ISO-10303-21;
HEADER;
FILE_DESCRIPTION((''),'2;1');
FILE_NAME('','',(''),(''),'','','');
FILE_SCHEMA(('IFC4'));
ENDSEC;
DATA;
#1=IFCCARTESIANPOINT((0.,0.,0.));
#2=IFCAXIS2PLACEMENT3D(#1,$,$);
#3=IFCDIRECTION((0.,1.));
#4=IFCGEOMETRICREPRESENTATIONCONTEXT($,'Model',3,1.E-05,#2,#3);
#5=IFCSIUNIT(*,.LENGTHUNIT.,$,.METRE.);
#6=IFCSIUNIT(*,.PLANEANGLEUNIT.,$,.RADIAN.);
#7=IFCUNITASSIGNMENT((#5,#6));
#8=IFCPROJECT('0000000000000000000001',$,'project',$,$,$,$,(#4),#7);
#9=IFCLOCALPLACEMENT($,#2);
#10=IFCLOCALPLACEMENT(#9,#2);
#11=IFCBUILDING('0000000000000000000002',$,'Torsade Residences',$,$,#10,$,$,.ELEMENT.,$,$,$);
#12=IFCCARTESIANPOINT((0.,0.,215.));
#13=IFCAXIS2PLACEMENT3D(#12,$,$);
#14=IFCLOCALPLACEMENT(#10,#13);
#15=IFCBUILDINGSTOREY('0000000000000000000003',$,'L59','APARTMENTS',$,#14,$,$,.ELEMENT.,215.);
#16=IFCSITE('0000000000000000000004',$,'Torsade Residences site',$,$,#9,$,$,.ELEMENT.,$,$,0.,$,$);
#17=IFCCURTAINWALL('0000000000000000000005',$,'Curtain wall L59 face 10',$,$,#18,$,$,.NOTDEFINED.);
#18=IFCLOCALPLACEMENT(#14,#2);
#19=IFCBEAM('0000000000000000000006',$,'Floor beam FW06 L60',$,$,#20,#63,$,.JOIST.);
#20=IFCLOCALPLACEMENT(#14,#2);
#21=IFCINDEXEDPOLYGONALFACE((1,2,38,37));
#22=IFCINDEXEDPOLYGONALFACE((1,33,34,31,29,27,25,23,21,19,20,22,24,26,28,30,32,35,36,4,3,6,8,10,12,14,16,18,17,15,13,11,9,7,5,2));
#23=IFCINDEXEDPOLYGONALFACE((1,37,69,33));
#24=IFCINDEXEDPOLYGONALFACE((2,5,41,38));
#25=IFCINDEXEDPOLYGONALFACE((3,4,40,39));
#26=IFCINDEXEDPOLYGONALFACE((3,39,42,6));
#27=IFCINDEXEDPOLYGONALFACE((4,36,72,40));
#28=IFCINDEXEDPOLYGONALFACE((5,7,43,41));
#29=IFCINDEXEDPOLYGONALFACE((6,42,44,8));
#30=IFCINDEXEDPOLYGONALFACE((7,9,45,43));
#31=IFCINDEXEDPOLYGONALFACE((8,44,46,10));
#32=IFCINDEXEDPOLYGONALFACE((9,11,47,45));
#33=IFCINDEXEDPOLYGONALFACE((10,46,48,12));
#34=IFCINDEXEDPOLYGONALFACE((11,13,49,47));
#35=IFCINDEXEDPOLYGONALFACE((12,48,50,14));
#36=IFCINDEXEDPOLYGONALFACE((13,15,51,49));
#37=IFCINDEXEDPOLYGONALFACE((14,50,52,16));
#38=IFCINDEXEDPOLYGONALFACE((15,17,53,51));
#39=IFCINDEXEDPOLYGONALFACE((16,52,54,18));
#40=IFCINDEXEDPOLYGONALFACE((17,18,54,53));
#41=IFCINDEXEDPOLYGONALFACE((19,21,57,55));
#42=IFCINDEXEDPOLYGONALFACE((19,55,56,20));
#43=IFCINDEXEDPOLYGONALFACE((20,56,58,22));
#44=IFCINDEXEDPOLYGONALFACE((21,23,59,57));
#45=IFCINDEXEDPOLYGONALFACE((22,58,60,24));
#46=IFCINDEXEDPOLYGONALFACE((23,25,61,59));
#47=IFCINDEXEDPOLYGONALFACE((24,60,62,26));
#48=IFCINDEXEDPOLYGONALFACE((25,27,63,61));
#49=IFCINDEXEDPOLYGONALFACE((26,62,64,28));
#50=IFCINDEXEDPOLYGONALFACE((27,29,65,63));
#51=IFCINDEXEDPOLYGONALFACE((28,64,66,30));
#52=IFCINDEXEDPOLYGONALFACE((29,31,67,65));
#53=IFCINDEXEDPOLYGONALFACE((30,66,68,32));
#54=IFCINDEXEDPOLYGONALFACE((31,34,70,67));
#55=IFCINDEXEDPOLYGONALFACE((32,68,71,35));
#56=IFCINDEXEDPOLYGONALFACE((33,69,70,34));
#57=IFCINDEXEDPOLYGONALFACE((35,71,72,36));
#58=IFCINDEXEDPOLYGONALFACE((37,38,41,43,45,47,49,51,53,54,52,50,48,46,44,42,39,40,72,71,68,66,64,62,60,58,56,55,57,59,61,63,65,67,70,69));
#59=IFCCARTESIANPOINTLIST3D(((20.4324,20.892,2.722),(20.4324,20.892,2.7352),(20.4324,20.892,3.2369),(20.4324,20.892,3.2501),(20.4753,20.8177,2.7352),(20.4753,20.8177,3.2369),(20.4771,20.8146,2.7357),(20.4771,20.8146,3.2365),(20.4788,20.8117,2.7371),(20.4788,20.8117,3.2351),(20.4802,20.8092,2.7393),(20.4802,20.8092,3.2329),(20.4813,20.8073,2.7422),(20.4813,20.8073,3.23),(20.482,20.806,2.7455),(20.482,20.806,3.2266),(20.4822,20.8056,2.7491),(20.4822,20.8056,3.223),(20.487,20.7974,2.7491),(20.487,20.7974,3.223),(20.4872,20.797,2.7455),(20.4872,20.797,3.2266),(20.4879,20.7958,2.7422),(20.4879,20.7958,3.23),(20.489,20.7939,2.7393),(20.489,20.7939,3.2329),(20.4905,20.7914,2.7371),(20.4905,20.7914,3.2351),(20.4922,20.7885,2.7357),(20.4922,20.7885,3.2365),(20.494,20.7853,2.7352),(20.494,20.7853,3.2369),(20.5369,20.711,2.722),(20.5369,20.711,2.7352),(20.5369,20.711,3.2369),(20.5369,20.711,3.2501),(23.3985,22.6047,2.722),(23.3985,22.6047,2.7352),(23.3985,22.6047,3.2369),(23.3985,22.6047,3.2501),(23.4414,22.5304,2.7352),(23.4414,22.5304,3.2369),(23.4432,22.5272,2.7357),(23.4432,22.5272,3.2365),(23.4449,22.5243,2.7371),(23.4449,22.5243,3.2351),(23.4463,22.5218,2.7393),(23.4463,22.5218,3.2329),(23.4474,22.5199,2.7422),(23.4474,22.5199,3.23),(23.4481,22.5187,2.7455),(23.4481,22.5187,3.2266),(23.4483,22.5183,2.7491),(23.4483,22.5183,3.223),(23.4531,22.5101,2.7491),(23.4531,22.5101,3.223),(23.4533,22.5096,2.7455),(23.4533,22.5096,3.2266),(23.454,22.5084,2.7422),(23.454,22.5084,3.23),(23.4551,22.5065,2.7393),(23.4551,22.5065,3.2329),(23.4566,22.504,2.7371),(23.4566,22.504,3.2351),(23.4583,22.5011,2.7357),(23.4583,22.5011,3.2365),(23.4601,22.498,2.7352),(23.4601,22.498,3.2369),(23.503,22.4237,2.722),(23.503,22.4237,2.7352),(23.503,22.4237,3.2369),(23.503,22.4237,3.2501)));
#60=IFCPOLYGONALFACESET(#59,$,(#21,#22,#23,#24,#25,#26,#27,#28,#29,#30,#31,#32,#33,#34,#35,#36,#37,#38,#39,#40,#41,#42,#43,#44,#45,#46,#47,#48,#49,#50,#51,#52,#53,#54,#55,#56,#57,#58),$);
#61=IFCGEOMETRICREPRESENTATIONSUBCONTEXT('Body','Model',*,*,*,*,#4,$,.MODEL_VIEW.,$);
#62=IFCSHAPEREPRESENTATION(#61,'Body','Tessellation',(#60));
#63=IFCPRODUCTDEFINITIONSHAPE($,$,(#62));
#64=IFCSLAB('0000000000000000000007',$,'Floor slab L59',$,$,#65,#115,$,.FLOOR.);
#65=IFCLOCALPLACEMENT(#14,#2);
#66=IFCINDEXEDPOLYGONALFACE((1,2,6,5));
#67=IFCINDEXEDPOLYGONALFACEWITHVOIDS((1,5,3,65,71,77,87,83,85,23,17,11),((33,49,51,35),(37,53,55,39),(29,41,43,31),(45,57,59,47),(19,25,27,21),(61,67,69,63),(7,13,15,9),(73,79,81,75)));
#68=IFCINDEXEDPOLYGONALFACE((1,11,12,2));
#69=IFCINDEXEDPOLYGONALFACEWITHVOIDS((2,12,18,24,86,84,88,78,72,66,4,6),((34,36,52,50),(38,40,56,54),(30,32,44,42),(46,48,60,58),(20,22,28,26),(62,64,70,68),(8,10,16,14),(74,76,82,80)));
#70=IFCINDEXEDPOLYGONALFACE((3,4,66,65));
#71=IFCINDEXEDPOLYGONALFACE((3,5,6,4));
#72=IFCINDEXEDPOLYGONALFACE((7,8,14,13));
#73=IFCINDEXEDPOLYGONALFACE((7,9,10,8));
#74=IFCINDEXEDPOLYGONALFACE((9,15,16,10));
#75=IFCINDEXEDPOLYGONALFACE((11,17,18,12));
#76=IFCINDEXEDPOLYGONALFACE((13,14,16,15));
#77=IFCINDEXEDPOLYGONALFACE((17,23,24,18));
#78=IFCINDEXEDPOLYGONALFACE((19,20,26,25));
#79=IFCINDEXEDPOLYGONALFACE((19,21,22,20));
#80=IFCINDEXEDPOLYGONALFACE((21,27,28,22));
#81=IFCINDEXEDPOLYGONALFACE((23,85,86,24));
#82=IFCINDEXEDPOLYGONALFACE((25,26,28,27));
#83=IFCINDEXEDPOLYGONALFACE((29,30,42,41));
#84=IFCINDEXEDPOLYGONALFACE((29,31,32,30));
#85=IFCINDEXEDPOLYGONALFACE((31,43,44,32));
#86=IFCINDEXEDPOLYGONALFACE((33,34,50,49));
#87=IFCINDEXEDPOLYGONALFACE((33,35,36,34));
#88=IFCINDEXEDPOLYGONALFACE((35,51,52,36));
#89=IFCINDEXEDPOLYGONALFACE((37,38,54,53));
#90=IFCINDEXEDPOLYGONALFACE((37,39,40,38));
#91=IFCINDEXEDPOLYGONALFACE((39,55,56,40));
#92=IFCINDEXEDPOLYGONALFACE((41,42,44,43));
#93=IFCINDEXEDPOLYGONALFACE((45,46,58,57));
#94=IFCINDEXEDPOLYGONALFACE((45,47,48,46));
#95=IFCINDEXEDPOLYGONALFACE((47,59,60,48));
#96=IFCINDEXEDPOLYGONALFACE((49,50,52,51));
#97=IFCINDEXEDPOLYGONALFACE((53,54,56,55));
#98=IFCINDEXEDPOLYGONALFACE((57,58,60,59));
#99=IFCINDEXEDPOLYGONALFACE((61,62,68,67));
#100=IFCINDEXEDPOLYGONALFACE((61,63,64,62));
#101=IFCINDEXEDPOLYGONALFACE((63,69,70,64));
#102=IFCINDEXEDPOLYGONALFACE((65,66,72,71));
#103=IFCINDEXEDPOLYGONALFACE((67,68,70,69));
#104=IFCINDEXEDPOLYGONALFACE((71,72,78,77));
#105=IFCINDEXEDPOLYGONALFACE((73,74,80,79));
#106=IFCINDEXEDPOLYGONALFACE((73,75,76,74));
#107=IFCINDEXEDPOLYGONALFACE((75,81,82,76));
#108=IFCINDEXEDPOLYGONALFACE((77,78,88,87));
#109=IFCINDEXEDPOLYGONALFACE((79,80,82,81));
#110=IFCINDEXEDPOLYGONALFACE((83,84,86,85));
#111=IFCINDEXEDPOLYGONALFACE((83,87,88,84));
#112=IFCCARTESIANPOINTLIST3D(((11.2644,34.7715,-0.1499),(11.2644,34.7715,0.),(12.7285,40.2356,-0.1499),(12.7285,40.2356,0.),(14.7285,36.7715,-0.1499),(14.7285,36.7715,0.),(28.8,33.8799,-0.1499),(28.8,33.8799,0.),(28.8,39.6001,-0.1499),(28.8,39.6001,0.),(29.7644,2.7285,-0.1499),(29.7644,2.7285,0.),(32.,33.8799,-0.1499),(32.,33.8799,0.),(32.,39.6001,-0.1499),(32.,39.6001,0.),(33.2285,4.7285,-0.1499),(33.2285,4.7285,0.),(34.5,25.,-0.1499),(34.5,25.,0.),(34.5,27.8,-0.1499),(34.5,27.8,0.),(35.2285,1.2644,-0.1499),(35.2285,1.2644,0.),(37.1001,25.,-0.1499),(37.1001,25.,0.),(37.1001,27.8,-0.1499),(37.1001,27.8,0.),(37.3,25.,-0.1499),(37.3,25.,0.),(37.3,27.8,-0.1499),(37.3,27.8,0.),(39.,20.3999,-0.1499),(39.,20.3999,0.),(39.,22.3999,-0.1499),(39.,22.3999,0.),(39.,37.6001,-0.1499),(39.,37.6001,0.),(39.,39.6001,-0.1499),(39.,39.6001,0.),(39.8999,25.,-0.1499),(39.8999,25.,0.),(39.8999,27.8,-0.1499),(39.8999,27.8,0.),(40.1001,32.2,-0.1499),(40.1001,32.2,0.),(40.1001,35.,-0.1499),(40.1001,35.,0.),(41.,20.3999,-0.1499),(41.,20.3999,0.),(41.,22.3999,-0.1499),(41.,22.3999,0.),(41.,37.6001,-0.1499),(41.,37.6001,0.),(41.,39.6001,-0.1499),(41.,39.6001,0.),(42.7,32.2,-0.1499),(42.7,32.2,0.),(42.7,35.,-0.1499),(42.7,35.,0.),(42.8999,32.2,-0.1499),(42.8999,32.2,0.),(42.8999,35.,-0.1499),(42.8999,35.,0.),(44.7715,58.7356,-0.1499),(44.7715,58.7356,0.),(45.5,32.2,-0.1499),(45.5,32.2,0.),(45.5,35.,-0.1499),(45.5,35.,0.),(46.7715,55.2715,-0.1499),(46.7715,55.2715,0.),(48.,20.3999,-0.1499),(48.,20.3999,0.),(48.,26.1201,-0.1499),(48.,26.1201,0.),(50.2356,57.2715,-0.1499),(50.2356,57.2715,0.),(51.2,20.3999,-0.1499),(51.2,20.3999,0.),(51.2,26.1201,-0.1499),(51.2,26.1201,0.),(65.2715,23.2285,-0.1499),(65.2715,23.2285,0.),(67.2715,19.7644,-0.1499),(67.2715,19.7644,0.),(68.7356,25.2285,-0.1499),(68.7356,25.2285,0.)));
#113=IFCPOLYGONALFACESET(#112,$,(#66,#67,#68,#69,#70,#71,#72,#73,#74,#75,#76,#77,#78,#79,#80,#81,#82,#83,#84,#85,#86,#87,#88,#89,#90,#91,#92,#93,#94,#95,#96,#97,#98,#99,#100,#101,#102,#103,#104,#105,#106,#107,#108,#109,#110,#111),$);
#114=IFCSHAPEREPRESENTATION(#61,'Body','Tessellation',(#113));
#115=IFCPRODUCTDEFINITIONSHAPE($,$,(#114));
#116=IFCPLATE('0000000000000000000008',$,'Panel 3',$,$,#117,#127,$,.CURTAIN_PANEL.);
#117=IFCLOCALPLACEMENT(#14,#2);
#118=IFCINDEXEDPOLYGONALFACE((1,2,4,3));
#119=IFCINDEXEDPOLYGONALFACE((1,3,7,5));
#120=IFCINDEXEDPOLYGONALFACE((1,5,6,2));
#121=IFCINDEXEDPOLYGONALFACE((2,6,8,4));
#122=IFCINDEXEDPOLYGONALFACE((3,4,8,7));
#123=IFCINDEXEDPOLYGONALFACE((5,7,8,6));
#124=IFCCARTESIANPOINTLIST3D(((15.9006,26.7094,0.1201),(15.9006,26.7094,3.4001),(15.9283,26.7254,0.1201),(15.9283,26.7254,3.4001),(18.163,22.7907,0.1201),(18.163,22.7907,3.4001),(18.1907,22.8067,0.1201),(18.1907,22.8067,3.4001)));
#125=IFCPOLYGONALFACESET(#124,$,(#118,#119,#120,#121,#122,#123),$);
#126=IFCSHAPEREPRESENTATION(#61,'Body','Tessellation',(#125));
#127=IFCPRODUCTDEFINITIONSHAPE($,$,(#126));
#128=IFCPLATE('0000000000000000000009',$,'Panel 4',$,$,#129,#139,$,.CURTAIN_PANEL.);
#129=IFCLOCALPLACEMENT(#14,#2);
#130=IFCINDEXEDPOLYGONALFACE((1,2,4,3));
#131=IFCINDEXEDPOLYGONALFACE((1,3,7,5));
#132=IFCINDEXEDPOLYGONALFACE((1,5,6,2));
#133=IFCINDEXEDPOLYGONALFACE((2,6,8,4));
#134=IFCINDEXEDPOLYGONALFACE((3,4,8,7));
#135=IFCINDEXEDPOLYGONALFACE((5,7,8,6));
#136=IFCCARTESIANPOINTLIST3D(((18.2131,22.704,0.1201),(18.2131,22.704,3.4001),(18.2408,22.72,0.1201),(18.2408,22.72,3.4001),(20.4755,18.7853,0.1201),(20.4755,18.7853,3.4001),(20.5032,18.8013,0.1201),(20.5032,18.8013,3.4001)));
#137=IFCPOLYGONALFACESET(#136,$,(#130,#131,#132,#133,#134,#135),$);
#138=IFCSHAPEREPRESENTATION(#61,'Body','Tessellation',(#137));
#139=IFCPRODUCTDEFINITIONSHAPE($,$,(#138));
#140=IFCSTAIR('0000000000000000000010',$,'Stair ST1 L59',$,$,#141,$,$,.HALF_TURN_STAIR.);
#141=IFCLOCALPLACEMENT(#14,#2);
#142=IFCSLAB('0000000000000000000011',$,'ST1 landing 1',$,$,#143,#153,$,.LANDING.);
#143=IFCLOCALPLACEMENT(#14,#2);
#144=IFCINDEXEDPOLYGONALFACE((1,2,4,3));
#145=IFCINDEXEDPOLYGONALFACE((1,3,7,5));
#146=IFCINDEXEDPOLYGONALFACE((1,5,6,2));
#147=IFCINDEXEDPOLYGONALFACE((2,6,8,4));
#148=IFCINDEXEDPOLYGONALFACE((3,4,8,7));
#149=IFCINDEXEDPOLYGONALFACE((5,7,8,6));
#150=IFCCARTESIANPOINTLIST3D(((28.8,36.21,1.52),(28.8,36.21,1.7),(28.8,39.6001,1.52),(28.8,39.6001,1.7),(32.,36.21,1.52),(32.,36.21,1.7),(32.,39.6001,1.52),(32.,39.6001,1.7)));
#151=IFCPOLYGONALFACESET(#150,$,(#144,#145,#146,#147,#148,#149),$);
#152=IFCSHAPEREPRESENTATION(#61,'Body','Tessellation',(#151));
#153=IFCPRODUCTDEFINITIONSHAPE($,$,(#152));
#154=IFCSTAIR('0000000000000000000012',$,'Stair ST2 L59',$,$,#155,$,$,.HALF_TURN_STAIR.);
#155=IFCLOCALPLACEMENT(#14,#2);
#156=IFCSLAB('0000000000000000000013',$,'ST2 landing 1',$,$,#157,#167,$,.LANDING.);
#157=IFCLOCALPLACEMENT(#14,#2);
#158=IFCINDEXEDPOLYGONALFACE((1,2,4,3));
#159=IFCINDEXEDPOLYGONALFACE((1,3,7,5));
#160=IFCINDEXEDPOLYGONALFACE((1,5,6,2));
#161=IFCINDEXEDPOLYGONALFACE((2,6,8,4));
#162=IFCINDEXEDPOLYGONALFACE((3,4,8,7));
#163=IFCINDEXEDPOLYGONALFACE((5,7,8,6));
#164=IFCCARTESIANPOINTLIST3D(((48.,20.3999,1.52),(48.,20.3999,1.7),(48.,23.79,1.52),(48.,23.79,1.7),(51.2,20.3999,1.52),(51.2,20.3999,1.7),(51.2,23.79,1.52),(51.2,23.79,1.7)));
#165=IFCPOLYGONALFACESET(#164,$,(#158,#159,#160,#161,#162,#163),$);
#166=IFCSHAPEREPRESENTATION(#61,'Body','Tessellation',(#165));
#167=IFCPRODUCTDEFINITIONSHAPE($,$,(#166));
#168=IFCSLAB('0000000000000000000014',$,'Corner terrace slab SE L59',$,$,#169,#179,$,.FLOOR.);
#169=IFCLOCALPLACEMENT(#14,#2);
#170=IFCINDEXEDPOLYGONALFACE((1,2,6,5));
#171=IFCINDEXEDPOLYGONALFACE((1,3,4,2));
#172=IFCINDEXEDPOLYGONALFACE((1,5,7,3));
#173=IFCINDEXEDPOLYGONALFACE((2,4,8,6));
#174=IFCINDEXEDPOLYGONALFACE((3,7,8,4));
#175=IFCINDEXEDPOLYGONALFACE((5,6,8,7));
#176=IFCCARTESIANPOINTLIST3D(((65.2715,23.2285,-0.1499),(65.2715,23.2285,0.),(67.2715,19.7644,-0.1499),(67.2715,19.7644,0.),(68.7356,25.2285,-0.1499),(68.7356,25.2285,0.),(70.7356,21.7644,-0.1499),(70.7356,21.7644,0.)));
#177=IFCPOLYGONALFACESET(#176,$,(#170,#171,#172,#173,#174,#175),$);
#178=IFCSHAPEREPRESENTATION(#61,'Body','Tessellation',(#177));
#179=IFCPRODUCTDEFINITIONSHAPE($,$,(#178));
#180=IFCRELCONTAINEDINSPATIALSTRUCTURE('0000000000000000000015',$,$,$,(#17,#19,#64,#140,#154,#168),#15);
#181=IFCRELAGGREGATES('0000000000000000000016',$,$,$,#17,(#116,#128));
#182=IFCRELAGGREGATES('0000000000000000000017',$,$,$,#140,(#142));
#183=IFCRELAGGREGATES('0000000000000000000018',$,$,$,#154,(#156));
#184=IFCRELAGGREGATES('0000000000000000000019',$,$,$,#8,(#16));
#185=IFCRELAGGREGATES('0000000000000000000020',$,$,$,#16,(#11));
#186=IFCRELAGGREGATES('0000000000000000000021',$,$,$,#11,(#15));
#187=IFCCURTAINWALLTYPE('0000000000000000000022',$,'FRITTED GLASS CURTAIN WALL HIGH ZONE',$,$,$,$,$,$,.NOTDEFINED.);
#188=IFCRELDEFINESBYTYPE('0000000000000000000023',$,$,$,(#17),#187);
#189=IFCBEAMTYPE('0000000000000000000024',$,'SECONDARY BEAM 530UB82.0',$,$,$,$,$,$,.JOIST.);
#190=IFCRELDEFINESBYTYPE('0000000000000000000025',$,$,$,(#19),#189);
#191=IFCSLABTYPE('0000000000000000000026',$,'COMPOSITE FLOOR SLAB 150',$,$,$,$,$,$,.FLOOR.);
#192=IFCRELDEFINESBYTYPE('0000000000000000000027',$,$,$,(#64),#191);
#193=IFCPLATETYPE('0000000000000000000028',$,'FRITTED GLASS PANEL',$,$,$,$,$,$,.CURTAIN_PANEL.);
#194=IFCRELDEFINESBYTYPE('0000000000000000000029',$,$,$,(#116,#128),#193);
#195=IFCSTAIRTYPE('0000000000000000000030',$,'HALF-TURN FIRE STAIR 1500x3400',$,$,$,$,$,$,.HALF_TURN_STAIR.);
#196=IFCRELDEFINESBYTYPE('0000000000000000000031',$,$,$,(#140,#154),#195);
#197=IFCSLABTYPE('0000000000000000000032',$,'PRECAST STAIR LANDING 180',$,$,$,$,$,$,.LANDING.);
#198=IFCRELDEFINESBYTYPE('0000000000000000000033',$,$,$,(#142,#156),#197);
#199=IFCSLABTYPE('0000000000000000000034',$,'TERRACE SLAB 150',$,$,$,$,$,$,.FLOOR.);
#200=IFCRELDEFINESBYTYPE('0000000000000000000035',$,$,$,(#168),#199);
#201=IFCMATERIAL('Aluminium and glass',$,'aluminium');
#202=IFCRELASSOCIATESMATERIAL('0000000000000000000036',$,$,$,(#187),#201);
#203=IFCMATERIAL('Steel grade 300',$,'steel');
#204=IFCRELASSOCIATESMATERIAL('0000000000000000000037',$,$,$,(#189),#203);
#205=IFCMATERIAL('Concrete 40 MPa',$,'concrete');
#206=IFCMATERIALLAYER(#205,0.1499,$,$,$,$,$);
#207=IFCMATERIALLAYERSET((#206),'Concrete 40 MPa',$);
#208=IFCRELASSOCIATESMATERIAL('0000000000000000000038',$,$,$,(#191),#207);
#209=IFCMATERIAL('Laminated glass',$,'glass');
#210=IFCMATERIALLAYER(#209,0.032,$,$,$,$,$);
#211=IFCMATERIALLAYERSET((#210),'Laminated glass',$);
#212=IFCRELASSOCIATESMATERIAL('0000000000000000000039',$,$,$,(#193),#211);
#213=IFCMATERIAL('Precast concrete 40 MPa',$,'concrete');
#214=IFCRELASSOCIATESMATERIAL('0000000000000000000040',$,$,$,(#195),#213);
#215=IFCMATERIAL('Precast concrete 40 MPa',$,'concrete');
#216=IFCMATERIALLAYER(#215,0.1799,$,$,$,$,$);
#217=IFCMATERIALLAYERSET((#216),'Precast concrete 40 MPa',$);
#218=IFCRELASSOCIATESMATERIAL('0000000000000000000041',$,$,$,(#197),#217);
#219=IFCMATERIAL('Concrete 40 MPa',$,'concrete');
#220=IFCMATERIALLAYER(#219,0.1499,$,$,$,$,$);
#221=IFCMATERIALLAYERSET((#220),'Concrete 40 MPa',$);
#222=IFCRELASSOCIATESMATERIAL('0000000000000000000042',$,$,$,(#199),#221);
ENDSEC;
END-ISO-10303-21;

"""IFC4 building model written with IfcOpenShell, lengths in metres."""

from ifc_helpers import new_model, si_unit, direction, frame, origin, origin_2d, place, context, subcontext, project, spatial, polyline, rectangle, i_section, outline, extrude, material, layer, layer_set, material_profile, profile_set, type_object, element, aggregate, save


model = new_model("IFC4")

# Units and contexts
model_context = context("Model", 3, precision=1e-05, world=origin(), true_north=direction((0.0, 1.0)))
body_context = subcontext(model_context, "Body", "Model", "MODEL_VIEW")
ifc_project = project(units=[si_unit("LENGTHUNIT", "METRE"), si_unit("PLANEANGLEUNIT", "RADIAN")], contexts=[model_context])

# Site, building, storey
site_placement = place(None, origin())
site = spatial("IfcSite", under=ifc_project, at=site_placement, Name="Torsade Residences site", CompositionType="ELEMENT", RefElevation=0.0)
building_placement = place(site_placement, origin())
building = spatial("IfcBuilding", under=site, at=building_placement, Name="Torsade Residences", CompositionType="ELEMENT")
storey_placement = place(building_placement, frame((0.0, 0.0, 215.0)))
storey = spatial("IfcBuildingStorey", under=building, at=storey_placement, Name="L59", Description="APARTMENTS", CompositionType="ELEMENT", Elevation=215.0)

# Curtain wall
ifc_material_1 = material(Name="Aluminium and glass", Category="aluminium")
curtain_wall_type = type_object("IfcCurtainWallType", Name="FRITTED GLASS CURTAIN WALL HIGH ZONE", PredefinedType="NOTDEFINED", material=ifc_material_1)
curtain_wall_placement = place(storey_placement, origin())
curtain_wall = element("IfcCurtainWall", 1, at=curtain_wall_placement, inside=storey, type_object=curtain_wall_type, Name="Curtain wall L59 face 10", PredefinedType="NOTDEFINED")

# Beam
ifc_material_2 = material(Name="Steel grade 300", Category="steel")
ifc_material_profile_1 = material_profile(ifc_material_2, i_section(OverallWidth=0.209, OverallDepth=0.5281, WebThickness=0.0095, FlangeThickness=0.0132, FilletRadius=0.0139, at=origin_2d()), Name="530UB82.0")
ifc_profile_set_1 = profile_set([ifc_material_profile_1], Name="Steel grade 300")
beam_type = type_object("IfcBeamType", Name="SECONDARY BEAM 530UB82.0", PredefinedType="JOIST", material=ifc_profile_set_1)
beam_1_placement = place(storey_placement, frame((20.4846, 20.8015, 2.9861), z_axis=(0.866002, 0.500041, 0.0), x_axis=(-0.500041, 0.866002, 0.0)))
element("IfcBeam", 2, at=beam_1_placement, inside=storey, type_object=beam_type, Name="Floor beam FW06 L60", PredefinedType="JOIST", context=body_context, shape_type="SweptSolid", body=[
    extrude(i_section(OverallWidth=0.209, OverallDepth=0.5281, WebThickness=0.0095, FlangeThickness=0.0132, FilletRadius=0.0139, at=origin_2d()), origin(), (0.0, 0.0, 1.0), 3.425),
])

# Slab
ifc_material_3 = material(Name="Concrete 40 MPa", Category="concrete")
ifc_layer_1 = layer(ifc_material_3, 0.1499)
ifc_layer_set_1 = layer_set([ifc_layer_1], Name="Concrete 40 MPa")
slab_type_1 = type_object("IfcSlabType", Name="COMPOSITE FLOOR SLAB 150", PredefinedType="FLOOR", material=ifc_layer_set_1)
slab_1_placement = place(storey_placement, frame((0.0, 0.0, -0.1499)))
element("IfcSlab", 3, at=slab_1_placement, inside=storey, type_object=slab_type_1, Name="Floor slab L59", PredefinedType="FLOOR", context=body_context, shape_type="SweptSolid", body=[
    extrude(outline(polyline([(35.2285, 1.2644), (67.2715, 19.7644), (65.2715, 23.2285), (68.7356, 25.2285), (50.2356, 57.2715), (46.7715, 55.2715), (44.7715, 58.7356), (12.7285, 40.2356), (14.7285, 36.7715), (11.2644, 34.7715), (29.7644, 2.7285), (33.2285, 4.7285), (35.2285, 1.2644)]), holes=[polyline([(51.2, 26.1201), (48.0, 26.1201), (48.0, 20.3999), (51.2, 20.3999), (51.2, 26.1201)]), polyline([(45.5, 35.0), (42.8999, 35.0), (42.8999, 32.2), (45.5, 32.2), (45.5, 35.0)]), polyline([(42.7, 35.0), (40.1001, 35.0), (40.1001, 32.2), (42.7, 32.2), (42.7, 35.0)]), polyline([(41.0, 22.3999), (39.0, 22.3999), (39.0, 20.3999), (41.0, 20.3999), (41.0, 22.3999)]), polyline([(41.0, 39.6001), (39.0, 39.6001), (39.0, 37.6001), (41.0, 37.6001), (41.0, 39.6001)]), polyline([(39.8999, 27.8), (37.3, 27.8), (37.3, 25.0), (39.8999, 25.0), (39.8999, 27.8)]), polyline([(37.1001, 27.8), (34.5, 27.8), (34.5, 25.0), (37.1001, 25.0), (37.1001, 27.8)]), polyline([(32.0, 39.6001), (28.8, 39.6001), (28.8, 33.8799), (32.0, 33.8799), (32.0, 39.6001)])]), origin(), (0.0, 0.0, 1.0), 0.1499),
])

# Plates
ifc_material_4 = material(Name="Laminated glass", Category="glass")
ifc_layer_2 = layer(ifc_material_4, 0.032)
ifc_layer_set_2 = layer_set([ifc_layer_2], Name="Laminated glass")
plate_type = type_object("IfcPlateType", Name="FRITTED GLASS PANEL", PredefinedType="CURTAIN_PANEL", material=ifc_layer_set_2)
plate_1_placement = place(storey_placement, frame((17.0457, 24.7581, 0.1201), z_axis=(0.0, 0.0, 1.0), x_axis=(0.5, -0.866025, 0.0)))
plate_1 = element("IfcPlate", 4, at=plate_1_placement, type_object=plate_type, Name="Panel 3", PredefinedType="CURTAIN_PANEL", context=body_context, shape_type="SweptSolid", body=[
    extrude(rectangle(XDim=4.5249, YDim=0.032, at=origin_2d()), origin(), (0.0, 0.0, 1.0), 3.28),
])
plate_2_placement = place(storey_placement, frame((19.3582, 20.7527, 0.1201), z_axis=(0.0, 0.0, 1.0), x_axis=(0.5, -0.866025, 0.0)))
plate_2 = element("IfcPlate", 5, at=plate_2_placement, type_object=plate_type, Name="Panel 4", PredefinedType="CURTAIN_PANEL", context=body_context, shape_type="SweptSolid", body=[
    extrude(rectangle(XDim=4.5249, YDim=0.032, at=origin_2d()), origin(), (0.0, 0.0, 1.0), 3.28),
])
aggregate(curtain_wall, [plate_1, plate_2])

# Stairs, slabs
ifc_material_5 = material(Name="Precast concrete 40 MPa", Category="concrete")
stair_type = type_object("IfcStairType", Name="HALF-TURN FIRE STAIR 1500x3400", PredefinedType="HALF_TURN_STAIR", material=ifc_material_5)
stair_1_placement = place(storey_placement, origin())
stair_1 = element("IfcStair", 6, at=stair_1_placement, inside=storey, type_object=stair_type, Name="Stair ST1 L59", PredefinedType="HALF_TURN_STAIR")
ifc_material_6 = material(Name="Precast concrete 40 MPa", Category="concrete")
ifc_layer_3 = layer(ifc_material_6, 0.1799)
ifc_layer_set_3 = layer_set([ifc_layer_3], Name="Precast concrete 40 MPa")
slab_type_2 = type_object("IfcSlabType", Name="PRECAST STAIR LANDING 180", PredefinedType="LANDING", material=ifc_layer_set_3)
slab_2_placement = place(storey_placement, frame((0.0, 0.0, 1.52)))
slab_2 = element("IfcSlab", 7, at=slab_2_placement, type_object=slab_type_2, Name="ST1 landing 1", PredefinedType="LANDING", context=body_context, shape_type="SweptSolid", body=[
    extrude(outline(polyline([(28.8, 36.21), (32.0, 36.21), (32.0, 39.6001), (28.8, 39.6001), (28.8, 36.21)])), origin(), (0.0, 0.0, 1.0), 0.1799),
])
aggregate(stair_1, [slab_2])
stair_2_placement = place(storey_placement, origin())
stair_2 = element("IfcStair", 8, at=stair_2_placement, inside=storey, type_object=stair_type, Name="Stair ST2 L59", PredefinedType="HALF_TURN_STAIR")
slab_3_placement = place(storey_placement, frame((0.0, 0.0, 1.52)))
slab_3 = element("IfcSlab", 9, at=slab_3_placement, type_object=slab_type_2, Name="ST2 landing 1", PredefinedType="LANDING", context=body_context, shape_type="SweptSolid", body=[
    extrude(outline(polyline([(48.0, 20.3999), (51.2, 20.3999), (51.2, 23.79), (48.0, 23.79), (48.0, 20.3999)])), origin(), (0.0, 0.0, 1.0), 0.1799),
])
aggregate(stair_2, [slab_3])

# Slab
ifc_material_7 = material(Name="Concrete 40 MPa", Category="concrete")
ifc_layer_4 = layer(ifc_material_7, 0.1499)
ifc_layer_set_4 = layer_set([ifc_layer_4], Name="Concrete 40 MPa")
slab_type_3 = type_object("IfcSlabType", Name="TERRACE SLAB 150", PredefinedType="FLOOR", material=ifc_layer_set_4)
slab_4_placement = place(storey_placement, frame((0.0, 0.0, -0.1499)))
element("IfcSlab", 10, at=slab_4_placement, inside=storey, type_object=slab_type_3, Name="Corner terrace slab SE L59", PredefinedType="FLOOR", context=body_context, shape_type="SweptSolid", body=[
    extrude(outline(polyline([(67.2715, 19.7644), (70.7356, 21.7644), (68.7356, 25.2285), (65.2715, 23.2285), (67.2715, 19.7644)])), origin(), (0.0, 0.0, 1.0), 0.1499),
])

save(model, "model.ifc")
